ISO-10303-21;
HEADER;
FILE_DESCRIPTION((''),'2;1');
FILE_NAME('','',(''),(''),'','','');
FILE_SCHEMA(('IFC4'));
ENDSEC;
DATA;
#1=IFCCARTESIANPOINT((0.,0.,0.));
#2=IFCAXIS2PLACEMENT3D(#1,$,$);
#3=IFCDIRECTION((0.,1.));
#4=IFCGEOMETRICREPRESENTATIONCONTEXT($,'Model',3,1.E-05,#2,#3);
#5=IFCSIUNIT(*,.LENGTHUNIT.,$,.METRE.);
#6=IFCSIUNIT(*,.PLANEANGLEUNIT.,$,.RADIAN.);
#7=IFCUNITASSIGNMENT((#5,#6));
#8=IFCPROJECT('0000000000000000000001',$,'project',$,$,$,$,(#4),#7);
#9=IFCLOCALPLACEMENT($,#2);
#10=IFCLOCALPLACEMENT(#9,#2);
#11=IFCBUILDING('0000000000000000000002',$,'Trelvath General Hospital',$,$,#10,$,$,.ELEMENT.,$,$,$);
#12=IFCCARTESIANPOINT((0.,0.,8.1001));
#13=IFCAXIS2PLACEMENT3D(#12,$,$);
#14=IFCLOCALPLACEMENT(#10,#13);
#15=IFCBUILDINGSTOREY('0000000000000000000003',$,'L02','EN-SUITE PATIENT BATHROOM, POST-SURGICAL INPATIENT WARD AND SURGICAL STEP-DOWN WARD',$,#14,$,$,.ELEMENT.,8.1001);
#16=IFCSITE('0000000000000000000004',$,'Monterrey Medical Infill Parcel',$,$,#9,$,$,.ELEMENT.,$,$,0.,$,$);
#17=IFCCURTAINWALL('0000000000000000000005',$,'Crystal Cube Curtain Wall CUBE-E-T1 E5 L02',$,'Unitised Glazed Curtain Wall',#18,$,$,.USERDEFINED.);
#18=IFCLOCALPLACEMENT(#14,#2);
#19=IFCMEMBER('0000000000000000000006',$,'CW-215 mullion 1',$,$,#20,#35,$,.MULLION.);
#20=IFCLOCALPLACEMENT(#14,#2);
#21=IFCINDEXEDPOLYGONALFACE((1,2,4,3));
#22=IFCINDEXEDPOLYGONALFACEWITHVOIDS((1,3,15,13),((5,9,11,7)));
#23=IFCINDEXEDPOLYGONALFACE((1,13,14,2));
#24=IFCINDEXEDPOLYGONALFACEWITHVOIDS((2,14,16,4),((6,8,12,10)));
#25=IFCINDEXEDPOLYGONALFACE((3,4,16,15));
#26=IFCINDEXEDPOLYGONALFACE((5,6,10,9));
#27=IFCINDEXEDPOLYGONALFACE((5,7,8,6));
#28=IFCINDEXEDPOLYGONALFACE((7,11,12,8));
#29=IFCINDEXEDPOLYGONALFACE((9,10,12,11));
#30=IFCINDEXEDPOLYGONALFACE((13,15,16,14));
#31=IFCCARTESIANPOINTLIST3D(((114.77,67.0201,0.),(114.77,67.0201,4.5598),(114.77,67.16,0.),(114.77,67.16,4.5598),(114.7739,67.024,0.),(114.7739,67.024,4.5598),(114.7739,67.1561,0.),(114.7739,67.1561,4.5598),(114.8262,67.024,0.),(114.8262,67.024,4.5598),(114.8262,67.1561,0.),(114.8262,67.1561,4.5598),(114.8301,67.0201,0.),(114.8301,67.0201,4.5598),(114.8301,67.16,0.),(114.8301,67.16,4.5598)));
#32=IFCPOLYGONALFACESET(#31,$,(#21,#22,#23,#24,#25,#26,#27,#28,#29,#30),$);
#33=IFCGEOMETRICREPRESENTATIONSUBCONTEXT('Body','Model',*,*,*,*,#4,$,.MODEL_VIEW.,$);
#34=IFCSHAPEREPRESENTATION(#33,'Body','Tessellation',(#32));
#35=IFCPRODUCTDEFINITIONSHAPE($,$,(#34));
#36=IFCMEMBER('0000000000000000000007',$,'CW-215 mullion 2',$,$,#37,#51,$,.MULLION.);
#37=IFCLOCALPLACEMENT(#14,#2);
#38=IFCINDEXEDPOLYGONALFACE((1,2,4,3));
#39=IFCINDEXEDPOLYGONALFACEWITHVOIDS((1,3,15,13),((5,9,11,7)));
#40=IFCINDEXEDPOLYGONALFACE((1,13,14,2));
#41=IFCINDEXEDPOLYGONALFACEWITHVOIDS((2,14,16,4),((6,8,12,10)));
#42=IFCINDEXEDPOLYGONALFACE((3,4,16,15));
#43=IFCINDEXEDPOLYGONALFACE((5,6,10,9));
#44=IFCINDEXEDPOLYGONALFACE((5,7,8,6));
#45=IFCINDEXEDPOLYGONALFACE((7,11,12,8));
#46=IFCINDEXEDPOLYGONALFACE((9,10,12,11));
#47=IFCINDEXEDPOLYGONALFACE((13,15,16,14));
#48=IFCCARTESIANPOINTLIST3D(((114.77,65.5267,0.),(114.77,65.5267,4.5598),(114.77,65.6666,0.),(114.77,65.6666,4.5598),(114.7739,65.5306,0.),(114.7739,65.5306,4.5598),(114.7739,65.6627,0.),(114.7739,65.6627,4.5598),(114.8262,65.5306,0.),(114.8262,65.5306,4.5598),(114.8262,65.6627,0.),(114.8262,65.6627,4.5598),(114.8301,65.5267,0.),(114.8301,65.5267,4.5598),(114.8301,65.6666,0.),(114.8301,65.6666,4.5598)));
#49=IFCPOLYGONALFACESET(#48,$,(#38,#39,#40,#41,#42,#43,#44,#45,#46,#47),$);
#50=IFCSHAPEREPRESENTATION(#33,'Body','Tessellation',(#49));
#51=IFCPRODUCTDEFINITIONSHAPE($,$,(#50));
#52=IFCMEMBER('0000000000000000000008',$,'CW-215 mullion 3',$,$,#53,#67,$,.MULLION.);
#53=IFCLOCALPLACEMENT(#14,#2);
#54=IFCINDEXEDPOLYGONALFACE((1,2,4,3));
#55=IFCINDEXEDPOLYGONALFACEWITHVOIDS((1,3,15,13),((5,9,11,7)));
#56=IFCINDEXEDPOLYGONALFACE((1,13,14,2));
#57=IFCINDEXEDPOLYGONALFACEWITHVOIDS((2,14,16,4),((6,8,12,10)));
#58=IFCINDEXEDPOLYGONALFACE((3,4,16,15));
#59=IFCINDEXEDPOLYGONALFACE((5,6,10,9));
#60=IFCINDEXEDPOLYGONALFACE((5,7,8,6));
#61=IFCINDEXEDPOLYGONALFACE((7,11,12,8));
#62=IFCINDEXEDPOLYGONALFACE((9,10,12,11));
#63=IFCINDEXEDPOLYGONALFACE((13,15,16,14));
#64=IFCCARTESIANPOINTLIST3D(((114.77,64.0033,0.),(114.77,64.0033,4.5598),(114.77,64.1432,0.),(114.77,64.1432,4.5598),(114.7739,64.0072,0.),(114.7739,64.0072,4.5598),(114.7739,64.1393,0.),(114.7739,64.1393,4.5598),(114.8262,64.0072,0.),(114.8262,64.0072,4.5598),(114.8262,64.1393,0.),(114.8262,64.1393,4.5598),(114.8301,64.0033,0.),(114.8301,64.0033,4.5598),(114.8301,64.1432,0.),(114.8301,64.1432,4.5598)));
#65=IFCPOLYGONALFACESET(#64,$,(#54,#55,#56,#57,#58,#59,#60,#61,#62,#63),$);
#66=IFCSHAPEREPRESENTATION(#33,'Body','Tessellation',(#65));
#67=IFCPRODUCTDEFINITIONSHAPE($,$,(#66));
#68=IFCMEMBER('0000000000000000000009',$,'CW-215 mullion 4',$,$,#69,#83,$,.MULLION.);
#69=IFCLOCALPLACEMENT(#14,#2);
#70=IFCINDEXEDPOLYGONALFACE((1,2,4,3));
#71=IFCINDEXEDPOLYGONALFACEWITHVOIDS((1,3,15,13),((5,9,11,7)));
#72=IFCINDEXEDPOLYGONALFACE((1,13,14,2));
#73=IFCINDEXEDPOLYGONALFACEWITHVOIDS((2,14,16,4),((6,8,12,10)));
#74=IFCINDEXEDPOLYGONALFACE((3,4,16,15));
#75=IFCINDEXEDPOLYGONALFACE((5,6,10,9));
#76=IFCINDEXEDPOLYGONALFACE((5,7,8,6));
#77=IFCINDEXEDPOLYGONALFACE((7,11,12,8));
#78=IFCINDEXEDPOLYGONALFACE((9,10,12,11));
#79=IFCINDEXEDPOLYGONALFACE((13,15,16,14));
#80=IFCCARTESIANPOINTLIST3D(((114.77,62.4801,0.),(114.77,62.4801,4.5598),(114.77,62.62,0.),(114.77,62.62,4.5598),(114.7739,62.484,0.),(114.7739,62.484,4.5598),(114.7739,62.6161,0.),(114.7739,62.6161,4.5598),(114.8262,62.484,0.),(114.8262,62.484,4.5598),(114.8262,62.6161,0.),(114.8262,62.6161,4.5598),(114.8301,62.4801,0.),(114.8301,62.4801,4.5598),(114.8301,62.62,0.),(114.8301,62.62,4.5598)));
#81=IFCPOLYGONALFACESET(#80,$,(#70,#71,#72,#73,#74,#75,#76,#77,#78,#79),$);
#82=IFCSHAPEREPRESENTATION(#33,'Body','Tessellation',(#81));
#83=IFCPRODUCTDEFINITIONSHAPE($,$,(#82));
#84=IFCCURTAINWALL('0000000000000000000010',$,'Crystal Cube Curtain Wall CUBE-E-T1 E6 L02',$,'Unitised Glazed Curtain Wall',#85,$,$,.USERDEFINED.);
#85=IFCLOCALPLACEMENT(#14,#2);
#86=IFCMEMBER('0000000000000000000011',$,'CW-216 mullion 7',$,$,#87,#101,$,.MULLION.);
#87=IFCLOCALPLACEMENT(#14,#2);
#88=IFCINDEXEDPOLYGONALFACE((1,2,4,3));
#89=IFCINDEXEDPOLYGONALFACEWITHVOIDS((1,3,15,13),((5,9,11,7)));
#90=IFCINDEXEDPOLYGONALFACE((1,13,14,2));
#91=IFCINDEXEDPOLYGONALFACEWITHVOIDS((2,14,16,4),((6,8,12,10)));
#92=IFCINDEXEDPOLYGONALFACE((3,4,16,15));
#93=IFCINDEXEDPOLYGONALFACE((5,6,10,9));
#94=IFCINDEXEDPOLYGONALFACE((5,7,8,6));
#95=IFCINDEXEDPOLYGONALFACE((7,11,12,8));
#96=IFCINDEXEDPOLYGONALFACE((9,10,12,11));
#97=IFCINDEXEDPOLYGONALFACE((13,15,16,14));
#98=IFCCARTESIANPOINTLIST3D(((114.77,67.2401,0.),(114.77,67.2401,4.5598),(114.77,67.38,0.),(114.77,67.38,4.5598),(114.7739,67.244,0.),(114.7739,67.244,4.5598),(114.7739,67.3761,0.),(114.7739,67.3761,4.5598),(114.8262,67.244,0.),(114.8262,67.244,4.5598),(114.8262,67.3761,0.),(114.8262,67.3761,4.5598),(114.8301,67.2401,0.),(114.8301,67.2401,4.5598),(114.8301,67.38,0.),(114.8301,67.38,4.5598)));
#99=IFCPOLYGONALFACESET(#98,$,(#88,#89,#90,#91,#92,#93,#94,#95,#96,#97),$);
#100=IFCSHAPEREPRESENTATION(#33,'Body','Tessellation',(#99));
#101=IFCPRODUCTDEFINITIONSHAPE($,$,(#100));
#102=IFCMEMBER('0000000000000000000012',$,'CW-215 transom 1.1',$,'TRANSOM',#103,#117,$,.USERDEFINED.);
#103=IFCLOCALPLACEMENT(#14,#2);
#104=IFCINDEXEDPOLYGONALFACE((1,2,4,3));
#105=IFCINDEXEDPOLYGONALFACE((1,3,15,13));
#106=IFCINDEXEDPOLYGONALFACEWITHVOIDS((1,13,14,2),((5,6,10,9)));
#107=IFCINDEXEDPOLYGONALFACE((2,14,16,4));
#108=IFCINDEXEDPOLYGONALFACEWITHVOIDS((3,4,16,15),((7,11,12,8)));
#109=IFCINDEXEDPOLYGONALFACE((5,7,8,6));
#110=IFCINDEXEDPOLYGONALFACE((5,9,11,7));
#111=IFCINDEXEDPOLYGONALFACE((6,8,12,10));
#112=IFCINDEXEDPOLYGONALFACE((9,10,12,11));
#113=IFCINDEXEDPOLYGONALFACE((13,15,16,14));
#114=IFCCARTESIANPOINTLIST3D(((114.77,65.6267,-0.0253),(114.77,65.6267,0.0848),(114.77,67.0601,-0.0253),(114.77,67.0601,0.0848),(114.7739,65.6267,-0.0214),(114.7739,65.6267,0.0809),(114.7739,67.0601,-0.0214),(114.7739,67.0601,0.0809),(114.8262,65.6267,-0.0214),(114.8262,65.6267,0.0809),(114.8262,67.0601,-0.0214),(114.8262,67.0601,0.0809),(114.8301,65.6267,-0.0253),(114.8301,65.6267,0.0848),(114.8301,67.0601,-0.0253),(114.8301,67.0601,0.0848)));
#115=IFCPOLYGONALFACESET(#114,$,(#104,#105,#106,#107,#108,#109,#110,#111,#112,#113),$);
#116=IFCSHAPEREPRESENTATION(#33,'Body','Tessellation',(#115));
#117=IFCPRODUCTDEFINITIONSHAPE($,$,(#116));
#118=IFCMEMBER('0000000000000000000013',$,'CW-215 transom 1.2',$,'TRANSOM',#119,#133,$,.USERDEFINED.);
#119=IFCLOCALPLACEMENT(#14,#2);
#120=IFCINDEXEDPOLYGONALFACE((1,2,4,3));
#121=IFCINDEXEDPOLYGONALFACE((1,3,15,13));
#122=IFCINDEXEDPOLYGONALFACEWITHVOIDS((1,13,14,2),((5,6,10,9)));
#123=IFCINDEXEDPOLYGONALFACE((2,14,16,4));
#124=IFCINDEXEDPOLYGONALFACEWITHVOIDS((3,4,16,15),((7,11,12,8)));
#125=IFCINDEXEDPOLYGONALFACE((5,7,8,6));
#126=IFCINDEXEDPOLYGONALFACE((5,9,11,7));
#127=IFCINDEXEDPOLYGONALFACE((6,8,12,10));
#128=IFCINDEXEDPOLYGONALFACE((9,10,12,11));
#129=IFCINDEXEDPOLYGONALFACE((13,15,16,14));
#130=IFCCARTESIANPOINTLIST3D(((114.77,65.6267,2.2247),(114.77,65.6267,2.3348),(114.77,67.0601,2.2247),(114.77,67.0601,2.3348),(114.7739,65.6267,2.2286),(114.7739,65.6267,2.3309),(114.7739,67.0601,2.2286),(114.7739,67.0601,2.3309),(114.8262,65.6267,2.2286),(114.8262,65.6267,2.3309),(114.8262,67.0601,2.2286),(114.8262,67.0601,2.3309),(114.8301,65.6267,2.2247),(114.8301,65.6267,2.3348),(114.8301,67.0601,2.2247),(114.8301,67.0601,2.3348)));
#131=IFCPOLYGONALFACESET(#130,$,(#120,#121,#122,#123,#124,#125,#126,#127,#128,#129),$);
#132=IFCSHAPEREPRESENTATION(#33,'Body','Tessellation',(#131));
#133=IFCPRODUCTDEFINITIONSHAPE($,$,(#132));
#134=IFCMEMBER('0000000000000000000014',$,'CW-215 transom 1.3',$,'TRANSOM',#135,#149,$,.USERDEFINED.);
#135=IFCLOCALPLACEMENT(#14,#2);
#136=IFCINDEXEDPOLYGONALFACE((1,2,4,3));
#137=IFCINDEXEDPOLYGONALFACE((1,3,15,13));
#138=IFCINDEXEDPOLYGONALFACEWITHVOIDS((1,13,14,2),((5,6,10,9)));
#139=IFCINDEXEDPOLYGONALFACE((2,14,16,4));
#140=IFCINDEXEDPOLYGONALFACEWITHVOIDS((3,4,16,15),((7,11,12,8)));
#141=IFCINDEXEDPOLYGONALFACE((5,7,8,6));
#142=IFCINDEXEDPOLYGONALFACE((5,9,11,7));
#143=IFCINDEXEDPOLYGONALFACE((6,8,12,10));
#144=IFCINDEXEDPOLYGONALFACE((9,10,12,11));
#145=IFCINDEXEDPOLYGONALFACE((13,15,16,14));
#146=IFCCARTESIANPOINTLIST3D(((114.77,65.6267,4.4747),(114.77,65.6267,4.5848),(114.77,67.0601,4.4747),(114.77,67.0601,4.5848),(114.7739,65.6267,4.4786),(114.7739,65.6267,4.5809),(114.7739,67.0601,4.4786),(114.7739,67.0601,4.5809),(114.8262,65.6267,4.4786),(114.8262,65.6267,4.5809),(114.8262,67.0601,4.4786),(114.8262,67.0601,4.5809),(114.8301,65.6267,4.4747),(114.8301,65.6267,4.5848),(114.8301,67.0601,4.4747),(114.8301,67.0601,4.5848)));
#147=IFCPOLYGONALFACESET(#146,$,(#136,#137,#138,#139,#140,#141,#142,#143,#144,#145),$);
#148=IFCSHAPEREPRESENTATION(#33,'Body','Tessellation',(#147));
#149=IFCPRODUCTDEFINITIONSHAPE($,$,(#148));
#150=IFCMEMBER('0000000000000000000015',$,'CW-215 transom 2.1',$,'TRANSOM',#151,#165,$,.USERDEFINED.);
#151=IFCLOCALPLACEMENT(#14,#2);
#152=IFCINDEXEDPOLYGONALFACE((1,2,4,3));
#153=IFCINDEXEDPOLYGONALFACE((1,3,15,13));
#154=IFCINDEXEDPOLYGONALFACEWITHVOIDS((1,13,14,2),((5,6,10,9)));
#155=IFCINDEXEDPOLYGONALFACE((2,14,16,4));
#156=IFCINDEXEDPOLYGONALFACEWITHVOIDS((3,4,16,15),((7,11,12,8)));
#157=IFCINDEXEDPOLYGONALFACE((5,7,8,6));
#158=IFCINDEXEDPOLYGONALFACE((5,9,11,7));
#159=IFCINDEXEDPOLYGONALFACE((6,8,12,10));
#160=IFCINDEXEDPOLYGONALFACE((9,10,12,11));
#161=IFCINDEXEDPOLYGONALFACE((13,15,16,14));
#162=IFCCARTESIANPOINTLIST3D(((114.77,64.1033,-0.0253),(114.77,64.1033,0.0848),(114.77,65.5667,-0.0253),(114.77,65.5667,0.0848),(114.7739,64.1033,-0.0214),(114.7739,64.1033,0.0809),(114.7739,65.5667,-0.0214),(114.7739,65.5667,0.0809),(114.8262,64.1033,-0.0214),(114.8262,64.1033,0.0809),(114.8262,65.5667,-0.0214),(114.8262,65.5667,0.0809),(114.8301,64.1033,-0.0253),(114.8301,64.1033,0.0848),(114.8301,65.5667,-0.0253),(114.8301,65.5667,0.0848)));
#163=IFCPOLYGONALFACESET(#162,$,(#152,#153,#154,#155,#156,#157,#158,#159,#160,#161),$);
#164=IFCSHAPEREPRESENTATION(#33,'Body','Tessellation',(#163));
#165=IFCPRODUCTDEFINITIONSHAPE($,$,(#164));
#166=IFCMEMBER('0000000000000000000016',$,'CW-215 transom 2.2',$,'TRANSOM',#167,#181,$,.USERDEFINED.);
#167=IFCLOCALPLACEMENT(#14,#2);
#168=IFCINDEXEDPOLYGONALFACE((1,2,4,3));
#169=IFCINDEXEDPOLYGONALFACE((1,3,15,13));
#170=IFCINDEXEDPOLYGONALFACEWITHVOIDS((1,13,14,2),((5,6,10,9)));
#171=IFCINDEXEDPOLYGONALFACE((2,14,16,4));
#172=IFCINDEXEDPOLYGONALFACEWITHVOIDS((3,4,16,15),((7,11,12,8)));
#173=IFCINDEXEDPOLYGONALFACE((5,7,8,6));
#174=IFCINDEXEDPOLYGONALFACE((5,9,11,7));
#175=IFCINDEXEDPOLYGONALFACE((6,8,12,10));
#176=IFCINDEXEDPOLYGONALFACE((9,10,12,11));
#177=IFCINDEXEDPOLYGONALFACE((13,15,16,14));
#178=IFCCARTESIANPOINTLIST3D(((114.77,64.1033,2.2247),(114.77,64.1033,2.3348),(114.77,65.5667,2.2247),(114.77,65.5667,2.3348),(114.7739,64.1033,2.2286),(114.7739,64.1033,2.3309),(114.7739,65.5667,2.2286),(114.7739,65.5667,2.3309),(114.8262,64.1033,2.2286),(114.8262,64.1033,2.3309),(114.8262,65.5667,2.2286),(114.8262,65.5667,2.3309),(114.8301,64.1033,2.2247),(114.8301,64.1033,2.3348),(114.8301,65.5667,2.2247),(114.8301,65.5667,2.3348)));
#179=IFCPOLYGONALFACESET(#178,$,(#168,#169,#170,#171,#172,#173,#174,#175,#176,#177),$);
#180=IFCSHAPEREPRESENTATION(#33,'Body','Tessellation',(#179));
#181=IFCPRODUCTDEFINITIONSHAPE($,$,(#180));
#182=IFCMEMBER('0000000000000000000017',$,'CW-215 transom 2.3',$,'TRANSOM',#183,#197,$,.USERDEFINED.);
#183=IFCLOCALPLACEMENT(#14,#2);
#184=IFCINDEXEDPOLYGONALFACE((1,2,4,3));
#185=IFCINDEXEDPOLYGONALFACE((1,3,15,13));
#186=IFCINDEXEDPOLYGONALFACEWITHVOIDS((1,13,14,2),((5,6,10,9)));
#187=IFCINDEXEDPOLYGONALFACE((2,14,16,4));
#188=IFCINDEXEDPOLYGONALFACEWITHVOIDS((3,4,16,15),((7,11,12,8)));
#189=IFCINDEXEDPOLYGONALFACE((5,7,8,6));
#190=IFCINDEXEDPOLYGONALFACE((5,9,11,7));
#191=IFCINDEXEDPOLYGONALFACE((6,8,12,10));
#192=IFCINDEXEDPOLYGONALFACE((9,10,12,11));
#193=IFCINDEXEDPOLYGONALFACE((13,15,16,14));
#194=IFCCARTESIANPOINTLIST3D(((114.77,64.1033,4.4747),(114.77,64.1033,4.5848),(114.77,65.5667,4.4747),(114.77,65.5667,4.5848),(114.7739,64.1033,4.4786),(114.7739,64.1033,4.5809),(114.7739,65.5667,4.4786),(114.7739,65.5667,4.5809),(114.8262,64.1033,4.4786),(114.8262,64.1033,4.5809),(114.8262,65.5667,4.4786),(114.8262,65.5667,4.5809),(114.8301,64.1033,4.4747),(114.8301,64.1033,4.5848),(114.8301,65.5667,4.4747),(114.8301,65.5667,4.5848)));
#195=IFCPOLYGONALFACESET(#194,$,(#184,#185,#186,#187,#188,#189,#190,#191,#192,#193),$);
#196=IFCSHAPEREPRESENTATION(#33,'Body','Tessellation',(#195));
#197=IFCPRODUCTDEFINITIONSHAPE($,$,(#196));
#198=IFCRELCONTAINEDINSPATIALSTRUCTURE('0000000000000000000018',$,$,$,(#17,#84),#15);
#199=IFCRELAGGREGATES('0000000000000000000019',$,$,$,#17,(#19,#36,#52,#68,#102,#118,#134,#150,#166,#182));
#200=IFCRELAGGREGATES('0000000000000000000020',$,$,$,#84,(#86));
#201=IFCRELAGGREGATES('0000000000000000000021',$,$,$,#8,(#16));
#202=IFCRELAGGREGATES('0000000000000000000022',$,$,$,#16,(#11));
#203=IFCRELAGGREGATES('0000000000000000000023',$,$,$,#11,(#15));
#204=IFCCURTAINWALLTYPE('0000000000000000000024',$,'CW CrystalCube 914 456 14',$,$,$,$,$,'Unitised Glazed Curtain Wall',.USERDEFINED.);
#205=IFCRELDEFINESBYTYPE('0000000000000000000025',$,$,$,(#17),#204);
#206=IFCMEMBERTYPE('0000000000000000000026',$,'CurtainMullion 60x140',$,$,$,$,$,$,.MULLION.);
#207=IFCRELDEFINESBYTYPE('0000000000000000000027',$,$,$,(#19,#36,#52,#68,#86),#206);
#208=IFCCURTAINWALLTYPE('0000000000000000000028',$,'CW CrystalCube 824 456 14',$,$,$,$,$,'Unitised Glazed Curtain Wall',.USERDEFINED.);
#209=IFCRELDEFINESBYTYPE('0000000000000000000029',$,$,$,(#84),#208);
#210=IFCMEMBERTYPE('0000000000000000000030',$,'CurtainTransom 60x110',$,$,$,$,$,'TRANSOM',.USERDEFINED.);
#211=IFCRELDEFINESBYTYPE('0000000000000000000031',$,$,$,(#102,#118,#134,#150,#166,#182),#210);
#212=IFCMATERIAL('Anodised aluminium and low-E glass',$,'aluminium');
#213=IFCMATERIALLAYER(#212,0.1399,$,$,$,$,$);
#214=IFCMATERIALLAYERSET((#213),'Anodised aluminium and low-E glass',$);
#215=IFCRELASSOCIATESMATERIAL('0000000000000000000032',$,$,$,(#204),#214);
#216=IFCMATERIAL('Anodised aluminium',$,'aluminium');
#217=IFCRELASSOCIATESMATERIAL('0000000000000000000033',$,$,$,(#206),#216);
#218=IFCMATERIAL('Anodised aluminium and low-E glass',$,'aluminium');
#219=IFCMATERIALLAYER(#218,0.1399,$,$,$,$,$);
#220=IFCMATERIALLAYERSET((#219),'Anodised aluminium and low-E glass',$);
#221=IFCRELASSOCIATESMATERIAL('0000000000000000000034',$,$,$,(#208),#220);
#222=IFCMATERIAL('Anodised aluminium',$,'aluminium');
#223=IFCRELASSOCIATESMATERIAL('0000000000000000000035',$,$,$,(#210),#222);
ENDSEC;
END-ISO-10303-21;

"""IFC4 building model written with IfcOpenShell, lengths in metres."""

from ifc_helpers import new_model, si_unit, direction, frame, origin, origin_2d, place, context, subcontext, project, spatial, hollow_rectangle, extrude, material, layer, layer_set, material_profile, profile_set, type_object, element, aggregate, save


model = new_model("IFC4")

# Units and contexts
model_context = context("Model", 3, precision=1e-05, world=origin(), true_north=direction((0.0, 1.0)))
body_context = subcontext(model_context, "Body", "Model", "MODEL_VIEW")
ifc_project = project(units=[si_unit("LENGTHUNIT", "METRE"), si_unit("PLANEANGLEUNIT", "RADIAN")], contexts=[model_context])

# Site, building, storey
site_placement = place(None, origin())
site = spatial("IfcSite", under=ifc_project, at=site_placement, Name="Monterrey Medical Infill Parcel", CompositionType="ELEMENT", RefElevation=0.0)
building_placement = place(site_placement, origin())
building = spatial("IfcBuilding", under=site, at=building_placement, Name="Trelvath General Hospital", CompositionType="ELEMENT")
storey_placement = place(building_placement, frame((0.0, 0.0, 8.1001)))
storey = spatial("IfcBuildingStorey", under=building, at=storey_placement, Name="L02", Description="EN-SUITE PATIENT BATHROOM, POST-SURGICAL INPATIENT WARD AND SURGICAL STEP-DOWN WARD", CompositionType="ELEMENT", Elevation=8.1001)

# Curtain wall, members
ifc_material_1 = material(Name="Anodised aluminium and low-E glass", Category="aluminium")
ifc_layer_1 = layer(ifc_material_1, 0.1399)
ifc_layer_set_1 = layer_set([ifc_layer_1], Name="Anodised aluminium and low-E glass")
curtain_wall_type_1 = type_object("IfcCurtainWallType", Name="CW CrystalCube 914 456 14", ElementType="Unitised Glazed Curtain Wall", PredefinedType="USERDEFINED", material=ifc_layer_set_1)
curtain_wall_1_placement = place(storey_placement, origin())
curtain_wall_1 = element("IfcCurtainWall", 1, at=curtain_wall_1_placement, inside=storey, type_object=curtain_wall_type_1, Name="Crystal Cube Curtain Wall CUBE-E-T1 E5 L02", ObjectType="Unitised Glazed Curtain Wall", PredefinedType="USERDEFINED")
ifc_material_2 = material(Name="Anodised aluminium", Category="aluminium")
ifc_material_profile_1 = material_profile(ifc_material_2, hollow_rectangle(XDim=0.0601, YDim=0.1399, WallThickness=0.0039, at=origin_2d()), Name="RHS60x140x4")
ifc_profile_set_1 = profile_set([ifc_material_profile_1], Name="Anodised aluminium")
member_type_1 = type_object("IfcMemberType", Name="CurtainMullion 60x140", PredefinedType="MULLION", material=ifc_profile_set_1)
member_1_placement = place(storey_placement, frame((114.8, 67.0901, 0.0), z_axis=(0.0, 0.0, 1.0), x_axis=(1.0, 0.0, 0.0)))
member_1 = element("IfcMember", 2, at=member_1_placement, type_object=member_type_1, Name="CW-215 mullion 1", PredefinedType="MULLION", context=body_context, shape_type="SweptSolid", body=[
    extrude(hollow_rectangle(XDim=0.0601, YDim=0.1399, WallThickness=0.0039, at=origin_2d()), origin(), (0.0, 0.0, 1.0), 4.5598),
])
member_2_placement = place(storey_placement, frame((114.8, 65.5967, 0.0), z_axis=(0.0, 0.0, 1.0), x_axis=(1.0, 0.0, 0.0)))
member_2 = element("IfcMember", 3, at=member_2_placement, type_object=member_type_1, Name="CW-215 mullion 2", PredefinedType="MULLION", context=body_context, shape_type="SweptSolid", body=[
    extrude(hollow_rectangle(XDim=0.0601, YDim=0.1399, WallThickness=0.0039, at=origin_2d()), origin(), (0.0, 0.0, 1.0), 4.5598),
])
member_3_placement = place(storey_placement, frame((114.8, 64.0732, 0.0), z_axis=(0.0, 0.0, 1.0), x_axis=(1.0, 0.0, 0.0)))
member_3 = element("IfcMember", 4, at=member_3_placement, type_object=member_type_1, Name="CW-215 mullion 3", PredefinedType="MULLION", context=body_context, shape_type="SweptSolid", body=[
    extrude(hollow_rectangle(XDim=0.0601, YDim=0.1399, WallThickness=0.0039, at=origin_2d()), origin(), (0.0, 0.0, 1.0), 4.5598),
])
member_4_placement = place(storey_placement, frame((114.8, 62.55, 0.0), z_axis=(0.0, 0.0, 1.0), x_axis=(1.0, 0.0, 0.0)))
member_4 = element("IfcMember", 5, at=member_4_placement, type_object=member_type_1, Name="CW-215 mullion 4", PredefinedType="MULLION", context=body_context, shape_type="SweptSolid", body=[
    extrude(hollow_rectangle(XDim=0.0601, YDim=0.1399, WallThickness=0.0039, at=origin_2d()), origin(), (0.0, 0.0, 1.0), 4.5598),
])

# Curtain wall, member
ifc_material_3 = material(Name="Anodised aluminium and low-E glass", Category="aluminium")
ifc_layer_2 = layer(ifc_material_3, 0.1399)
ifc_layer_set_2 = layer_set([ifc_layer_2], Name="Anodised aluminium and low-E glass")
curtain_wall_type_2 = type_object("IfcCurtainWallType", Name="CW CrystalCube 824 456 14", ElementType="Unitised Glazed Curtain Wall", PredefinedType="USERDEFINED", material=ifc_layer_set_2)
curtain_wall_2_placement = place(storey_placement, origin())
curtain_wall_2 = element("IfcCurtainWall", 6, at=curtain_wall_2_placement, inside=storey, type_object=curtain_wall_type_2, Name="Crystal Cube Curtain Wall CUBE-E-T1 E6 L02", ObjectType="Unitised Glazed Curtain Wall", PredefinedType="USERDEFINED")
member_5_placement = place(storey_placement, frame((114.8, 67.3101, 0.0), z_axis=(0.0, 0.0, 1.0), x_axis=(1.0, 0.0, 0.0)))
member_5 = element("IfcMember", 7, at=member_5_placement, type_object=member_type_1, Name="CW-216 mullion 7", PredefinedType="MULLION", context=body_context, shape_type="SweptSolid", body=[
    extrude(hollow_rectangle(XDim=0.0601, YDim=0.1399, WallThickness=0.0039, at=origin_2d()), origin(), (0.0, 0.0, 1.0), 4.5598),
])

# Members
ifc_material_4 = material(Name="Anodised aluminium", Category="aluminium")
ifc_material_profile_2 = material_profile(ifc_material_4, hollow_rectangle(XDim=0.0601, YDim=0.1101, WallThickness=0.0039, at=origin_2d()), Name="RHS60x110x4")
ifc_profile_set_2 = profile_set([ifc_material_profile_2], Name="Anodised aluminium")
member_type_2 = type_object("IfcMemberType", Name="CurtainTransom 60x110", ElementType="TRANSOM", PredefinedType="USERDEFINED", material=ifc_profile_set_2)
member_6_placement = place(storey_placement, frame((114.8, 67.0601, 0.0298), z_axis=(0.0, -1.0, 0.0), x_axis=(1.0, 0.0, 0.0)))
member_6 = element("IfcMember", 8, at=member_6_placement, type_object=member_type_2, Name="CW-215 transom 1.1", ObjectType="TRANSOM", PredefinedType="USERDEFINED", context=body_context, shape_type="SweptSolid", body=[
    extrude(hollow_rectangle(XDim=0.0601, YDim=0.1101, WallThickness=0.0039, at=origin_2d()), origin(), (0.0, 0.0, 1.0), 1.4333),
])
member_7_placement = place(storey_placement, frame((114.8, 67.0601, 2.2798), z_axis=(0.0, -1.0, 0.0), x_axis=(1.0, 0.0, 0.0)))
member_7 = element("IfcMember", 9, at=member_7_placement, type_object=member_type_2, Name="CW-215 transom 1.2", ObjectType="TRANSOM", PredefinedType="USERDEFINED", context=body_context, shape_type="SweptSolid", body=[
    extrude(hollow_rectangle(XDim=0.0601, YDim=0.1101, WallThickness=0.0039, at=origin_2d()), origin(), (0.0, 0.0, 1.0), 1.4333),
])
member_8_placement = place(storey_placement, frame((114.8, 67.0601, 4.5298), z_axis=(0.0, -1.0, 0.0), x_axis=(1.0, 0.0, 0.0)))
member_8 = element("IfcMember", 10, at=member_8_placement, type_object=member_type_2, Name="CW-215 transom 1.3", ObjectType="TRANSOM", PredefinedType="USERDEFINED", context=body_context, shape_type="SweptSolid", body=[
    extrude(hollow_rectangle(XDim=0.0601, YDim=0.1101, WallThickness=0.0039, at=origin_2d()), origin(), (0.0, 0.0, 1.0), 1.4333),
])
member_9_placement = place(storey_placement, frame((114.8, 65.5667, 0.0298), z_axis=(0.0, -1.0, 0.0), x_axis=(1.0, 0.0, 0.0)))
member_9 = element("IfcMember", 11, at=member_9_placement, type_object=member_type_2, Name="CW-215 transom 2.1", ObjectType="TRANSOM", PredefinedType="USERDEFINED", context=body_context, shape_type="SweptSolid", body=[
    extrude(hollow_rectangle(XDim=0.0601, YDim=0.1101, WallThickness=0.0039, at=origin_2d()), origin(), (0.0, 0.0, 1.0), 1.4634),
])
member_10_placement = place(storey_placement, frame((114.8, 65.5667, 2.2798), z_axis=(0.0, -1.0, 0.0), x_axis=(1.0, 0.0, 0.0)))
member_10 = element("IfcMember", 12, at=member_10_placement, type_object=member_type_2, Name="CW-215 transom 2.2", ObjectType="TRANSOM", PredefinedType="USERDEFINED", context=body_context, shape_type="SweptSolid", body=[
    extrude(hollow_rectangle(XDim=0.0601, YDim=0.1101, WallThickness=0.0039, at=origin_2d()), origin(), (0.0, 0.0, 1.0), 1.4634),
])
member_11_placement = place(storey_placement, frame((114.8, 65.5667, 4.5298), z_axis=(0.0, -1.0, 0.0), x_axis=(1.0, 0.0, 0.0)))
member_11 = element("IfcMember", 13, at=member_11_placement, type_object=member_type_2, Name="CW-215 transom 2.3", ObjectType="TRANSOM", PredefinedType="USERDEFINED", context=body_context, shape_type="SweptSolid", body=[
    extrude(hollow_rectangle(XDim=0.0601, YDim=0.1101, WallThickness=0.0039, at=origin_2d()), origin(), (0.0, 0.0, 1.0), 1.4634),
])

aggregate(curtain_wall_1, [member_1, member_2, member_3, member_4, member_6, member_7, member_8, member_9, member_10, member_11])
aggregate(curtain_wall_2, [member_5])

save(model, "model.ifc")
